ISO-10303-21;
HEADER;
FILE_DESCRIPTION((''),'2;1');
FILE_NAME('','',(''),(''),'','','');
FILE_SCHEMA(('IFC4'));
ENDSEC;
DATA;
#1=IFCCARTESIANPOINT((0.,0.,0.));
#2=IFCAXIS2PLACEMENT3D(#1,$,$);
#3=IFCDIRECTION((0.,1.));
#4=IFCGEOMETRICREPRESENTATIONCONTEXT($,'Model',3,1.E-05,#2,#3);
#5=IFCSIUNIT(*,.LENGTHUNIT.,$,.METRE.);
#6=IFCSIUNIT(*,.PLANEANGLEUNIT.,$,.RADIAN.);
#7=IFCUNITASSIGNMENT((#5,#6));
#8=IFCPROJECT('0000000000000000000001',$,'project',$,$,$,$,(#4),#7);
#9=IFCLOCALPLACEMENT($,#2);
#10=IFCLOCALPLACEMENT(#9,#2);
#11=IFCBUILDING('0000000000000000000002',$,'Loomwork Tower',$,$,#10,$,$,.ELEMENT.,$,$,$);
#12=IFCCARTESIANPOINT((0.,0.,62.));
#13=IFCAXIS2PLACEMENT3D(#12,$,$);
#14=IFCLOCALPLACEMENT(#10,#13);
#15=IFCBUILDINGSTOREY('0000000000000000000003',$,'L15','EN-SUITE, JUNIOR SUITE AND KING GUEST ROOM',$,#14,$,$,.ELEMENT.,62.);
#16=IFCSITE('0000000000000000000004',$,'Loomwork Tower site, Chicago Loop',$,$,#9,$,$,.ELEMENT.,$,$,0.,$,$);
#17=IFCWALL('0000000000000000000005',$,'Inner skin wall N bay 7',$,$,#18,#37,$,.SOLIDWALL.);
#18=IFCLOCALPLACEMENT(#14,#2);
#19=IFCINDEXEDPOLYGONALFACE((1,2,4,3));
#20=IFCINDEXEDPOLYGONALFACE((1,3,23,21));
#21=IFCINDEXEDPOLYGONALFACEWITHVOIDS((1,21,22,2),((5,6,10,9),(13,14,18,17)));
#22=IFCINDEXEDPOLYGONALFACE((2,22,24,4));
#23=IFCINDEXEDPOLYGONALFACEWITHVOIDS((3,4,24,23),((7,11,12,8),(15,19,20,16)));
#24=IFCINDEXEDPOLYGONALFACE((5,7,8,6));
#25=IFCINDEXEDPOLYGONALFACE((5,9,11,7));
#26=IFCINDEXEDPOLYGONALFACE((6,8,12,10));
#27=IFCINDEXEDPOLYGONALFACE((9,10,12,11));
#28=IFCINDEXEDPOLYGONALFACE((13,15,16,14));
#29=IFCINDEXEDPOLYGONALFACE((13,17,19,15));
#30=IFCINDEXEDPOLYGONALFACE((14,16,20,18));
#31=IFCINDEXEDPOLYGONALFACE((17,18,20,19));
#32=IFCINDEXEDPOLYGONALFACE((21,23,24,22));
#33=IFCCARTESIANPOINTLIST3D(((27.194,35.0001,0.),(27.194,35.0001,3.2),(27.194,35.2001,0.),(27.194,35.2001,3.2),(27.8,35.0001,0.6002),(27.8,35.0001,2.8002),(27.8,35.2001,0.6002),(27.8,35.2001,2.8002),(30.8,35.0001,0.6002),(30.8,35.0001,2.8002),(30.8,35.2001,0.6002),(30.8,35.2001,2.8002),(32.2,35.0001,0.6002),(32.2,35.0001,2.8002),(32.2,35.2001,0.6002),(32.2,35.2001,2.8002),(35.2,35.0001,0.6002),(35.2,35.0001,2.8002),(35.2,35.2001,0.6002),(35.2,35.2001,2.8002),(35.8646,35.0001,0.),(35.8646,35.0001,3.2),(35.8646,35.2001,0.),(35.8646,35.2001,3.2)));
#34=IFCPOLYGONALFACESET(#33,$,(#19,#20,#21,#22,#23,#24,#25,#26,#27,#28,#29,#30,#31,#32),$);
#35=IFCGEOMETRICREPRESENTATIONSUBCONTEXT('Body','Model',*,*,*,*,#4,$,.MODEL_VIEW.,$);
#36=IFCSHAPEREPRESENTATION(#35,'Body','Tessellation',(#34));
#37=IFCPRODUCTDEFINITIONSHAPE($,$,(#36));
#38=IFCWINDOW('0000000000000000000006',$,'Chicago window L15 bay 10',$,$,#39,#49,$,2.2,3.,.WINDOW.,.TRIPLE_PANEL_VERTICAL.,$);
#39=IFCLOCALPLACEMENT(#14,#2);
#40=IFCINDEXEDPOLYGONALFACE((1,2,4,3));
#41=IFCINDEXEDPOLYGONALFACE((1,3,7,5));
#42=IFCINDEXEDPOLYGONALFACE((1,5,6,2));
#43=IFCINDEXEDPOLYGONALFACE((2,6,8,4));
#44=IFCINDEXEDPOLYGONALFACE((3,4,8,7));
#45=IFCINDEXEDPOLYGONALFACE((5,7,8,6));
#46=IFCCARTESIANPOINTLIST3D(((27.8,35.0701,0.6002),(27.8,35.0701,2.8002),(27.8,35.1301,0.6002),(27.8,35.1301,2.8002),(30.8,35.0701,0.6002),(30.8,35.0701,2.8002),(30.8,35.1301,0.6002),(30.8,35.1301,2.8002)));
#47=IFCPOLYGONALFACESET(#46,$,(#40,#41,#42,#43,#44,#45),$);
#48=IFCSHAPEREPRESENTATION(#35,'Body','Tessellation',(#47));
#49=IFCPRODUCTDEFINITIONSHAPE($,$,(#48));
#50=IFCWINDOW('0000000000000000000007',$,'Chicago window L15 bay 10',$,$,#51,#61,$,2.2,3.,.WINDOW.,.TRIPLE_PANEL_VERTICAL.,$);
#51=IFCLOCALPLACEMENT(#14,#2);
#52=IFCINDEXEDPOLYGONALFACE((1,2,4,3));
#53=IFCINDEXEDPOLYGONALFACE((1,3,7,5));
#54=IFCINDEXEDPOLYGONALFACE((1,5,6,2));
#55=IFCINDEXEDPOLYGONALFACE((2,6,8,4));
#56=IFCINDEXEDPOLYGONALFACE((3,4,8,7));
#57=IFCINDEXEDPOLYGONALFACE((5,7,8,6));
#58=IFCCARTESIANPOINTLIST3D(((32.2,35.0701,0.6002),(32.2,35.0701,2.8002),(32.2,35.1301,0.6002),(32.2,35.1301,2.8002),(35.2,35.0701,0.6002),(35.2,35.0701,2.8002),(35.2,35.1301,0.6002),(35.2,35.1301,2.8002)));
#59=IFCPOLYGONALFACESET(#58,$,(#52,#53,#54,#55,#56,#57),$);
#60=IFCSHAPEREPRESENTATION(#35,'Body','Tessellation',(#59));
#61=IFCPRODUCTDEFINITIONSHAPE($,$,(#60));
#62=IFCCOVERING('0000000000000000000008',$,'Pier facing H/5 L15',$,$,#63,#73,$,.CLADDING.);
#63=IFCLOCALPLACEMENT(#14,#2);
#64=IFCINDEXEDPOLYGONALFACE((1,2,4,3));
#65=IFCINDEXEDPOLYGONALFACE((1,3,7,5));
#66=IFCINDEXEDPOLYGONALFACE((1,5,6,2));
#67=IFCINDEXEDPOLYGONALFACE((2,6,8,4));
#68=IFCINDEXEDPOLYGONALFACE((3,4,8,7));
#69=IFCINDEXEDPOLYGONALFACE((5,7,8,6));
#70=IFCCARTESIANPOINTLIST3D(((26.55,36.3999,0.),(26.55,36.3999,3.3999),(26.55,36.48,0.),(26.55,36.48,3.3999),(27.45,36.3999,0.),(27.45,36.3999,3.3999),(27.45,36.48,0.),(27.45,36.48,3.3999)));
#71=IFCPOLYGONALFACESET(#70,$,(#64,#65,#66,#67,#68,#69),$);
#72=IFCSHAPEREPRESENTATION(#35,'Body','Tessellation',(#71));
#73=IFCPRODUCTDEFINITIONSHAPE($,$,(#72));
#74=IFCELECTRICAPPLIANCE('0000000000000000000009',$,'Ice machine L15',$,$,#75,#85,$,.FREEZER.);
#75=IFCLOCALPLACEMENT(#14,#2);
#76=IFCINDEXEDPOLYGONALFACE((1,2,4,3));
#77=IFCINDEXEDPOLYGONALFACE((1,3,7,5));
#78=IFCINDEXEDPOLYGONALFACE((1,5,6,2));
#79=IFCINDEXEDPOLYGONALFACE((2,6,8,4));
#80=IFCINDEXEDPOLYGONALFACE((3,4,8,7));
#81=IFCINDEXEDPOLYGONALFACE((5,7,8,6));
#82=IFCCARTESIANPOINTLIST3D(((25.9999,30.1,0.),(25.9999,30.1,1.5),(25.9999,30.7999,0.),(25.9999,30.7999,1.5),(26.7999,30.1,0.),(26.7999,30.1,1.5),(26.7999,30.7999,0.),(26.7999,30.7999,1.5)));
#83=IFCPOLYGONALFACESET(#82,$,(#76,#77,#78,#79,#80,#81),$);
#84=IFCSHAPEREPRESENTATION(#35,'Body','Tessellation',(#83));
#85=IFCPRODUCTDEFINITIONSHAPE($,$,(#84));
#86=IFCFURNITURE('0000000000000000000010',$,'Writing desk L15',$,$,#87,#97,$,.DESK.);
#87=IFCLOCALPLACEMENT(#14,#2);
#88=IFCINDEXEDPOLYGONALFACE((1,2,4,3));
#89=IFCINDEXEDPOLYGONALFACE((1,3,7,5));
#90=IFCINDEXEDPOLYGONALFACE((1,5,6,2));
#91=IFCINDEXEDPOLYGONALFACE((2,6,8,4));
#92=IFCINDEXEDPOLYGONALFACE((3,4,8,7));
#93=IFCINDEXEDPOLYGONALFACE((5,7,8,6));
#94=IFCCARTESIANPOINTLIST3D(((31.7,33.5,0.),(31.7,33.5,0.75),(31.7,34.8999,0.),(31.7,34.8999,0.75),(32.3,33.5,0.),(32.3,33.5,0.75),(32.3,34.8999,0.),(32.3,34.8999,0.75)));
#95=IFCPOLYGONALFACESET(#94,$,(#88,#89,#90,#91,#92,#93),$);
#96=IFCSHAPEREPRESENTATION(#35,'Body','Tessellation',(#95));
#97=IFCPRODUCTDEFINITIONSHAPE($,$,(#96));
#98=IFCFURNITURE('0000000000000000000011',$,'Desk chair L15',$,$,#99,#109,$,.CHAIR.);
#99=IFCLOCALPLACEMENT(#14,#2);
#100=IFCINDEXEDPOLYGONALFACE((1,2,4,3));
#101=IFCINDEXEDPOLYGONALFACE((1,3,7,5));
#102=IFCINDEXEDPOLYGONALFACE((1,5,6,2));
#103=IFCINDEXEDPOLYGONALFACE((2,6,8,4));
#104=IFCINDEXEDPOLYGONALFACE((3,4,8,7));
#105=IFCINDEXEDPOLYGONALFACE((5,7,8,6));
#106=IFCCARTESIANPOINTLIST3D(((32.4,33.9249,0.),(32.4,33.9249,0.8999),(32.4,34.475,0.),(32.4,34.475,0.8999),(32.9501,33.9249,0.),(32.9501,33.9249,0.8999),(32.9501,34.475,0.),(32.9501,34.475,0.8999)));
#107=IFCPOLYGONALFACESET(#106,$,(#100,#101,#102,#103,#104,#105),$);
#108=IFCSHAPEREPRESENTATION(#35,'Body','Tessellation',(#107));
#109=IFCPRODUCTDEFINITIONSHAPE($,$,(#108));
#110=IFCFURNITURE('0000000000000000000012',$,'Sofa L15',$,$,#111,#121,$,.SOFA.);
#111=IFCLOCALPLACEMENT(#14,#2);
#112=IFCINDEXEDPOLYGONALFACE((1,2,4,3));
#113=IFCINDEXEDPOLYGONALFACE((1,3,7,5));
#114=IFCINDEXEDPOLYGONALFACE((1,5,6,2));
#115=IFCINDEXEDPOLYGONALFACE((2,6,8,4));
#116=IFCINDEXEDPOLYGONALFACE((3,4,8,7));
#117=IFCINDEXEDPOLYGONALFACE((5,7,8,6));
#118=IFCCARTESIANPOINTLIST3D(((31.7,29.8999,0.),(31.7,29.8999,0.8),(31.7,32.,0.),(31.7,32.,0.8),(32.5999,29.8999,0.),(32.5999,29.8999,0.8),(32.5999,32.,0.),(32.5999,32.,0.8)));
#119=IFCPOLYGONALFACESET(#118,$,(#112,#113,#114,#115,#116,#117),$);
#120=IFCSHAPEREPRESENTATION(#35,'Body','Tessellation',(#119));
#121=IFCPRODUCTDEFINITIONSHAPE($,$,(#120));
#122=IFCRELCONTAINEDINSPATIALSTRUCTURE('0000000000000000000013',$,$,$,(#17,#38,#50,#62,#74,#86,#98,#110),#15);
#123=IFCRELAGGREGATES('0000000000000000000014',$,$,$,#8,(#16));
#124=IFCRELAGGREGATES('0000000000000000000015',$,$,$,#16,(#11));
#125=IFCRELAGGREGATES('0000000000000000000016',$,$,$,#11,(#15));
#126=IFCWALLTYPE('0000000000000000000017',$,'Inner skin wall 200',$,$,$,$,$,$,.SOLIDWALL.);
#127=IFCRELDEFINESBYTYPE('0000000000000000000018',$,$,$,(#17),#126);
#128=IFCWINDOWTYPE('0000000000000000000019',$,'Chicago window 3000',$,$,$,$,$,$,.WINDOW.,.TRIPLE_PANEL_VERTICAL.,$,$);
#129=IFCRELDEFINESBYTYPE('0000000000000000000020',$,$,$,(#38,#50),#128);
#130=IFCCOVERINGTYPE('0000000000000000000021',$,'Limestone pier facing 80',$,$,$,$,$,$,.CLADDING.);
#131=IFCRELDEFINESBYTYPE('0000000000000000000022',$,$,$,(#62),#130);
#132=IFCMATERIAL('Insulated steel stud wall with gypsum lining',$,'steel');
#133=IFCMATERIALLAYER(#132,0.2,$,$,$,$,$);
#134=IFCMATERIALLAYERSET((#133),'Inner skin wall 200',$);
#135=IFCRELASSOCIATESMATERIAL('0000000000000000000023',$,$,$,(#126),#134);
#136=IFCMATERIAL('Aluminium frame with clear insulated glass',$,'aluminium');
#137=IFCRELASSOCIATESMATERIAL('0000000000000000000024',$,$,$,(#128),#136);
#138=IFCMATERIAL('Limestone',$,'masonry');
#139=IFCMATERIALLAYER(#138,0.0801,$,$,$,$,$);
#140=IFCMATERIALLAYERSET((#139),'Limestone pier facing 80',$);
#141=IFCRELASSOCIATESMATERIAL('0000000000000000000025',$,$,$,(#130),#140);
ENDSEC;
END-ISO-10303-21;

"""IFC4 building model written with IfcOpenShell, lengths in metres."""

from ifc_helpers import new_model, si_unit, direction, frame, frame_2d, origin, origin_2d, place, context, subcontext, project, spatial, rectangle, extrude, material, layer, layer_set, type_object, element, fill, save


model = new_model("IFC4")

# Units and contexts
model_context = context("Model", 3, precision=1e-05, world=origin(), true_north=direction((0.0, 1.0)))
body_context = subcontext(model_context, "Body", "Model", "MODEL_VIEW")
ifc_project = project(units=[si_unit("LENGTHUNIT", "METRE"), si_unit("PLANEANGLEUNIT", "RADIAN")], contexts=[model_context])

# Site, building, storey
site_placement = place(None, origin())
site = spatial("IfcSite", under=ifc_project, at=site_placement, Name="Loomwork Tower site, Chicago Loop", CompositionType="ELEMENT", RefElevation=0.0)
building_placement = place(site_placement, origin())
building = spatial("IfcBuilding", under=site, at=building_placement, Name="Loomwork Tower", CompositionType="ELEMENT")
storey_placement = place(building_placement, frame((0.0, 0.0, 62.0)))
storey = spatial("IfcBuildingStorey", under=building, at=storey_placement, Name="L15", Description="EN-SUITE, JUNIOR SUITE AND KING GUEST ROOM", CompositionType="ELEMENT", Elevation=62.0)

# Shared definitions
ifc_material_1 = material(Name="Insulated steel stud wall with gypsum lining", Category="steel")
ifc_layer_1 = layer(ifc_material_1, 0.2)
ifc_layer_set_1 = layer_set([ifc_layer_1], Name="Inner skin wall 200")
wall_type = type_object("IfcWallType", Name="Inner skin wall 200", PredefinedType="SOLIDWALL", material=ifc_layer_set_1)

# Wall, openings, windows
wall_1_placement = place(storey_placement, frame((27.1938, 35.1001, 0.0), z_axis=(0.0, 0.0, 1.0), x_axis=(1.0, 0.0, 0.0)))
wall_1 = element("IfcWall", 1, at=wall_1_placement, inside=storey, type_object=wall_type, Name="Inner skin wall N bay 7", PredefinedType="SOLIDWALL", context=body_context, shape_type="SweptSolid", body=[
    extrude(rectangle(XDim=8.6707, YDim=0.2, at=frame_2d((4.3354, 0.0))), origin(), (0.0, 0.0, 1.0), 3.2),
])
opening_1_placement = place(wall_1_placement, frame((0.6062, 0.0, 0.6001)))
opening_1 = element("IfcOpeningElement", 2, at=opening_1_placement, cuts=wall_1, PredefinedType="OPENING", context=body_context, shape_type="SweptSolid", body=[
    extrude(rectangle(XDim=3.0, YDim=2.2, at=frame_2d((1.5, 1.1001))), frame((0.0, 0.1099, 0.0), z_axis=(0.0, -1.0, 0.0), x_axis=(1.0, 0.0, 0.0)), (0.0, 0.0, 1.0), 0.22),
])
opening_2_placement = place(wall_1_placement, frame((5.0061, 0.0, 0.6001)))
opening_2 = element("IfcOpeningElement", 3, at=opening_2_placement, cuts=wall_1, PredefinedType="OPENING", context=body_context, shape_type="SweptSolid", body=[
    extrude(rectangle(XDim=3.0, YDim=2.2, at=frame_2d((1.5, 1.1001))), frame((0.0, 0.1099, 0.0), z_axis=(0.0, -1.0, 0.0), x_axis=(1.0, 0.0, 0.0)), (0.0, 0.0, 1.0), 0.22),
])
ifc_material_2 = material(Name="Aluminium frame with clear insulated glass", Category="aluminium")
window_type = type_object("IfcWindowType", Name="Chicago window 3000", PartitioningType="TRIPLE_PANEL_VERTICAL", PredefinedType="WINDOW", material=ifc_material_2)
window_1_placement = place(opening_1_placement, origin())
window_1 = element("IfcWindow", 4, at=window_1_placement, inside=storey, type_object=window_type, Name="Chicago window L15 bay 10", OverallHeight=2.2, OverallWidth=3.0, PartitioningType="TRIPLE_PANEL_VERTICAL", PredefinedType="WINDOW", context=body_context, shape_type="SweptSolid", body=[
    extrude(rectangle(XDim=3.0, YDim=2.2, at=frame_2d((1.5, 1.1001))), frame((0.0, 0.03, 0.0), z_axis=(0.0, -1.0, 0.0), x_axis=(1.0, 0.0, 0.0)), (0.0, 0.0, 1.0), 0.0601),
])
fill(opening_1, window_1)
window_2_placement = place(opening_2_placement, origin())
window_2 = element("IfcWindow", 5, at=window_2_placement, inside=storey, type_object=window_type, Name="Chicago window L15 bay 10", OverallHeight=2.2, OverallWidth=3.0, PartitioningType="TRIPLE_PANEL_VERTICAL", PredefinedType="WINDOW", context=body_context, shape_type="SweptSolid", body=[
    extrude(rectangle(XDim=3.0, YDim=2.2, at=frame_2d((1.5, 1.1001))), frame((0.0, 0.03, 0.0), z_axis=(0.0, -1.0, 0.0), x_axis=(1.0, 0.0, 0.0)), (0.0, 0.0, 1.0), 0.0601),
])
fill(opening_2, window_2)

# Covering
ifc_material_3 = material(Name="Limestone", Category="masonry")
ifc_layer_2 = layer(ifc_material_3, 0.0801)
ifc_layer_set_2 = layer_set([ifc_layer_2], Name="Limestone pier facing 80")
covering_type = type_object("IfcCoveringType", Name="Limestone pier facing 80", PredefinedType="CLADDING", material=ifc_layer_set_2)
covering_placement = place(storey_placement, frame((27.0, 36.4399, 0.0), z_axis=(0.0, 0.0, 1.0), x_axis=(1.0, 0.0, 0.0)))
element("IfcCovering", 6, at=covering_placement, inside=storey, type_object=covering_type, Name="Pier facing H/5 L15", PredefinedType="CLADDING", context=body_context, shape_type="SweptSolid", body=[
    extrude(rectangle(XDim=0.8999, YDim=0.0801, at=origin_2d()), origin(), (0.0, 0.0, 1.0), 3.3999),
])

# Electric appliance
electric_appliance_placement = place(storey_placement, frame((26.3999, 30.45, 0.0), z_axis=(0.0, 0.0, 1.0), x_axis=(1.0, 0.0, 0.0)))
element("IfcElectricAppliance", 7, at=electric_appliance_placement, inside=storey, Name="Ice machine L15", PredefinedType="FREEZER", context=body_context, shape_type="SweptSolid", body=[
    extrude(rectangle(XDim=0.8, YDim=0.7, at=origin_2d()), origin(), (0.0, 0.0, 1.0), 1.5),
])

# Furniture
furniture_1_placement = place(storey_placement, frame((32.0, 34.2, 0.0), z_axis=(0.0, 0.0, 1.0), x_axis=(1.0, 0.0, 0.0)))
element("IfcFurniture", 8, at=furniture_1_placement, inside=storey, Name="Writing desk L15", PredefinedType="DESK", context=body_context, shape_type="SweptSolid", body=[
    extrude(rectangle(XDim=0.6001, YDim=1.3999, at=origin_2d()), origin(), (0.0, 0.0, 1.0), 0.75),
])
furniture_2_placement = place(storey_placement, frame((32.675, 34.2, 0.0), z_axis=(0.0, 0.0, 1.0), x_axis=(1.0, 0.0, 0.0)))
element("IfcFurniture", 9, at=furniture_2_placement, inside=storey, Name="Desk chair L15", PredefinedType="CHAIR", context=body_context, shape_type="SweptSolid", body=[
    extrude(rectangle(XDim=0.55, YDim=0.55, at=origin_2d()), origin(), (0.0, 0.0, 1.0), 0.8999),
])
furniture_3_placement = place(storey_placement, frame((32.1499, 30.95, 0.0), z_axis=(0.0, 0.0, 1.0), x_axis=(1.0, 0.0, 0.0)))
element("IfcFurniture", 10, at=furniture_3_placement, inside=storey, Name="Sofa L15", PredefinedType="SOFA", context=body_context, shape_type="SweptSolid", body=[
    extrude(rectangle(XDim=0.8999, YDim=2.1001, at=origin_2d()), origin(), (0.0, 0.0, 1.0), 0.8),
])

save(model, "model.ifc")
